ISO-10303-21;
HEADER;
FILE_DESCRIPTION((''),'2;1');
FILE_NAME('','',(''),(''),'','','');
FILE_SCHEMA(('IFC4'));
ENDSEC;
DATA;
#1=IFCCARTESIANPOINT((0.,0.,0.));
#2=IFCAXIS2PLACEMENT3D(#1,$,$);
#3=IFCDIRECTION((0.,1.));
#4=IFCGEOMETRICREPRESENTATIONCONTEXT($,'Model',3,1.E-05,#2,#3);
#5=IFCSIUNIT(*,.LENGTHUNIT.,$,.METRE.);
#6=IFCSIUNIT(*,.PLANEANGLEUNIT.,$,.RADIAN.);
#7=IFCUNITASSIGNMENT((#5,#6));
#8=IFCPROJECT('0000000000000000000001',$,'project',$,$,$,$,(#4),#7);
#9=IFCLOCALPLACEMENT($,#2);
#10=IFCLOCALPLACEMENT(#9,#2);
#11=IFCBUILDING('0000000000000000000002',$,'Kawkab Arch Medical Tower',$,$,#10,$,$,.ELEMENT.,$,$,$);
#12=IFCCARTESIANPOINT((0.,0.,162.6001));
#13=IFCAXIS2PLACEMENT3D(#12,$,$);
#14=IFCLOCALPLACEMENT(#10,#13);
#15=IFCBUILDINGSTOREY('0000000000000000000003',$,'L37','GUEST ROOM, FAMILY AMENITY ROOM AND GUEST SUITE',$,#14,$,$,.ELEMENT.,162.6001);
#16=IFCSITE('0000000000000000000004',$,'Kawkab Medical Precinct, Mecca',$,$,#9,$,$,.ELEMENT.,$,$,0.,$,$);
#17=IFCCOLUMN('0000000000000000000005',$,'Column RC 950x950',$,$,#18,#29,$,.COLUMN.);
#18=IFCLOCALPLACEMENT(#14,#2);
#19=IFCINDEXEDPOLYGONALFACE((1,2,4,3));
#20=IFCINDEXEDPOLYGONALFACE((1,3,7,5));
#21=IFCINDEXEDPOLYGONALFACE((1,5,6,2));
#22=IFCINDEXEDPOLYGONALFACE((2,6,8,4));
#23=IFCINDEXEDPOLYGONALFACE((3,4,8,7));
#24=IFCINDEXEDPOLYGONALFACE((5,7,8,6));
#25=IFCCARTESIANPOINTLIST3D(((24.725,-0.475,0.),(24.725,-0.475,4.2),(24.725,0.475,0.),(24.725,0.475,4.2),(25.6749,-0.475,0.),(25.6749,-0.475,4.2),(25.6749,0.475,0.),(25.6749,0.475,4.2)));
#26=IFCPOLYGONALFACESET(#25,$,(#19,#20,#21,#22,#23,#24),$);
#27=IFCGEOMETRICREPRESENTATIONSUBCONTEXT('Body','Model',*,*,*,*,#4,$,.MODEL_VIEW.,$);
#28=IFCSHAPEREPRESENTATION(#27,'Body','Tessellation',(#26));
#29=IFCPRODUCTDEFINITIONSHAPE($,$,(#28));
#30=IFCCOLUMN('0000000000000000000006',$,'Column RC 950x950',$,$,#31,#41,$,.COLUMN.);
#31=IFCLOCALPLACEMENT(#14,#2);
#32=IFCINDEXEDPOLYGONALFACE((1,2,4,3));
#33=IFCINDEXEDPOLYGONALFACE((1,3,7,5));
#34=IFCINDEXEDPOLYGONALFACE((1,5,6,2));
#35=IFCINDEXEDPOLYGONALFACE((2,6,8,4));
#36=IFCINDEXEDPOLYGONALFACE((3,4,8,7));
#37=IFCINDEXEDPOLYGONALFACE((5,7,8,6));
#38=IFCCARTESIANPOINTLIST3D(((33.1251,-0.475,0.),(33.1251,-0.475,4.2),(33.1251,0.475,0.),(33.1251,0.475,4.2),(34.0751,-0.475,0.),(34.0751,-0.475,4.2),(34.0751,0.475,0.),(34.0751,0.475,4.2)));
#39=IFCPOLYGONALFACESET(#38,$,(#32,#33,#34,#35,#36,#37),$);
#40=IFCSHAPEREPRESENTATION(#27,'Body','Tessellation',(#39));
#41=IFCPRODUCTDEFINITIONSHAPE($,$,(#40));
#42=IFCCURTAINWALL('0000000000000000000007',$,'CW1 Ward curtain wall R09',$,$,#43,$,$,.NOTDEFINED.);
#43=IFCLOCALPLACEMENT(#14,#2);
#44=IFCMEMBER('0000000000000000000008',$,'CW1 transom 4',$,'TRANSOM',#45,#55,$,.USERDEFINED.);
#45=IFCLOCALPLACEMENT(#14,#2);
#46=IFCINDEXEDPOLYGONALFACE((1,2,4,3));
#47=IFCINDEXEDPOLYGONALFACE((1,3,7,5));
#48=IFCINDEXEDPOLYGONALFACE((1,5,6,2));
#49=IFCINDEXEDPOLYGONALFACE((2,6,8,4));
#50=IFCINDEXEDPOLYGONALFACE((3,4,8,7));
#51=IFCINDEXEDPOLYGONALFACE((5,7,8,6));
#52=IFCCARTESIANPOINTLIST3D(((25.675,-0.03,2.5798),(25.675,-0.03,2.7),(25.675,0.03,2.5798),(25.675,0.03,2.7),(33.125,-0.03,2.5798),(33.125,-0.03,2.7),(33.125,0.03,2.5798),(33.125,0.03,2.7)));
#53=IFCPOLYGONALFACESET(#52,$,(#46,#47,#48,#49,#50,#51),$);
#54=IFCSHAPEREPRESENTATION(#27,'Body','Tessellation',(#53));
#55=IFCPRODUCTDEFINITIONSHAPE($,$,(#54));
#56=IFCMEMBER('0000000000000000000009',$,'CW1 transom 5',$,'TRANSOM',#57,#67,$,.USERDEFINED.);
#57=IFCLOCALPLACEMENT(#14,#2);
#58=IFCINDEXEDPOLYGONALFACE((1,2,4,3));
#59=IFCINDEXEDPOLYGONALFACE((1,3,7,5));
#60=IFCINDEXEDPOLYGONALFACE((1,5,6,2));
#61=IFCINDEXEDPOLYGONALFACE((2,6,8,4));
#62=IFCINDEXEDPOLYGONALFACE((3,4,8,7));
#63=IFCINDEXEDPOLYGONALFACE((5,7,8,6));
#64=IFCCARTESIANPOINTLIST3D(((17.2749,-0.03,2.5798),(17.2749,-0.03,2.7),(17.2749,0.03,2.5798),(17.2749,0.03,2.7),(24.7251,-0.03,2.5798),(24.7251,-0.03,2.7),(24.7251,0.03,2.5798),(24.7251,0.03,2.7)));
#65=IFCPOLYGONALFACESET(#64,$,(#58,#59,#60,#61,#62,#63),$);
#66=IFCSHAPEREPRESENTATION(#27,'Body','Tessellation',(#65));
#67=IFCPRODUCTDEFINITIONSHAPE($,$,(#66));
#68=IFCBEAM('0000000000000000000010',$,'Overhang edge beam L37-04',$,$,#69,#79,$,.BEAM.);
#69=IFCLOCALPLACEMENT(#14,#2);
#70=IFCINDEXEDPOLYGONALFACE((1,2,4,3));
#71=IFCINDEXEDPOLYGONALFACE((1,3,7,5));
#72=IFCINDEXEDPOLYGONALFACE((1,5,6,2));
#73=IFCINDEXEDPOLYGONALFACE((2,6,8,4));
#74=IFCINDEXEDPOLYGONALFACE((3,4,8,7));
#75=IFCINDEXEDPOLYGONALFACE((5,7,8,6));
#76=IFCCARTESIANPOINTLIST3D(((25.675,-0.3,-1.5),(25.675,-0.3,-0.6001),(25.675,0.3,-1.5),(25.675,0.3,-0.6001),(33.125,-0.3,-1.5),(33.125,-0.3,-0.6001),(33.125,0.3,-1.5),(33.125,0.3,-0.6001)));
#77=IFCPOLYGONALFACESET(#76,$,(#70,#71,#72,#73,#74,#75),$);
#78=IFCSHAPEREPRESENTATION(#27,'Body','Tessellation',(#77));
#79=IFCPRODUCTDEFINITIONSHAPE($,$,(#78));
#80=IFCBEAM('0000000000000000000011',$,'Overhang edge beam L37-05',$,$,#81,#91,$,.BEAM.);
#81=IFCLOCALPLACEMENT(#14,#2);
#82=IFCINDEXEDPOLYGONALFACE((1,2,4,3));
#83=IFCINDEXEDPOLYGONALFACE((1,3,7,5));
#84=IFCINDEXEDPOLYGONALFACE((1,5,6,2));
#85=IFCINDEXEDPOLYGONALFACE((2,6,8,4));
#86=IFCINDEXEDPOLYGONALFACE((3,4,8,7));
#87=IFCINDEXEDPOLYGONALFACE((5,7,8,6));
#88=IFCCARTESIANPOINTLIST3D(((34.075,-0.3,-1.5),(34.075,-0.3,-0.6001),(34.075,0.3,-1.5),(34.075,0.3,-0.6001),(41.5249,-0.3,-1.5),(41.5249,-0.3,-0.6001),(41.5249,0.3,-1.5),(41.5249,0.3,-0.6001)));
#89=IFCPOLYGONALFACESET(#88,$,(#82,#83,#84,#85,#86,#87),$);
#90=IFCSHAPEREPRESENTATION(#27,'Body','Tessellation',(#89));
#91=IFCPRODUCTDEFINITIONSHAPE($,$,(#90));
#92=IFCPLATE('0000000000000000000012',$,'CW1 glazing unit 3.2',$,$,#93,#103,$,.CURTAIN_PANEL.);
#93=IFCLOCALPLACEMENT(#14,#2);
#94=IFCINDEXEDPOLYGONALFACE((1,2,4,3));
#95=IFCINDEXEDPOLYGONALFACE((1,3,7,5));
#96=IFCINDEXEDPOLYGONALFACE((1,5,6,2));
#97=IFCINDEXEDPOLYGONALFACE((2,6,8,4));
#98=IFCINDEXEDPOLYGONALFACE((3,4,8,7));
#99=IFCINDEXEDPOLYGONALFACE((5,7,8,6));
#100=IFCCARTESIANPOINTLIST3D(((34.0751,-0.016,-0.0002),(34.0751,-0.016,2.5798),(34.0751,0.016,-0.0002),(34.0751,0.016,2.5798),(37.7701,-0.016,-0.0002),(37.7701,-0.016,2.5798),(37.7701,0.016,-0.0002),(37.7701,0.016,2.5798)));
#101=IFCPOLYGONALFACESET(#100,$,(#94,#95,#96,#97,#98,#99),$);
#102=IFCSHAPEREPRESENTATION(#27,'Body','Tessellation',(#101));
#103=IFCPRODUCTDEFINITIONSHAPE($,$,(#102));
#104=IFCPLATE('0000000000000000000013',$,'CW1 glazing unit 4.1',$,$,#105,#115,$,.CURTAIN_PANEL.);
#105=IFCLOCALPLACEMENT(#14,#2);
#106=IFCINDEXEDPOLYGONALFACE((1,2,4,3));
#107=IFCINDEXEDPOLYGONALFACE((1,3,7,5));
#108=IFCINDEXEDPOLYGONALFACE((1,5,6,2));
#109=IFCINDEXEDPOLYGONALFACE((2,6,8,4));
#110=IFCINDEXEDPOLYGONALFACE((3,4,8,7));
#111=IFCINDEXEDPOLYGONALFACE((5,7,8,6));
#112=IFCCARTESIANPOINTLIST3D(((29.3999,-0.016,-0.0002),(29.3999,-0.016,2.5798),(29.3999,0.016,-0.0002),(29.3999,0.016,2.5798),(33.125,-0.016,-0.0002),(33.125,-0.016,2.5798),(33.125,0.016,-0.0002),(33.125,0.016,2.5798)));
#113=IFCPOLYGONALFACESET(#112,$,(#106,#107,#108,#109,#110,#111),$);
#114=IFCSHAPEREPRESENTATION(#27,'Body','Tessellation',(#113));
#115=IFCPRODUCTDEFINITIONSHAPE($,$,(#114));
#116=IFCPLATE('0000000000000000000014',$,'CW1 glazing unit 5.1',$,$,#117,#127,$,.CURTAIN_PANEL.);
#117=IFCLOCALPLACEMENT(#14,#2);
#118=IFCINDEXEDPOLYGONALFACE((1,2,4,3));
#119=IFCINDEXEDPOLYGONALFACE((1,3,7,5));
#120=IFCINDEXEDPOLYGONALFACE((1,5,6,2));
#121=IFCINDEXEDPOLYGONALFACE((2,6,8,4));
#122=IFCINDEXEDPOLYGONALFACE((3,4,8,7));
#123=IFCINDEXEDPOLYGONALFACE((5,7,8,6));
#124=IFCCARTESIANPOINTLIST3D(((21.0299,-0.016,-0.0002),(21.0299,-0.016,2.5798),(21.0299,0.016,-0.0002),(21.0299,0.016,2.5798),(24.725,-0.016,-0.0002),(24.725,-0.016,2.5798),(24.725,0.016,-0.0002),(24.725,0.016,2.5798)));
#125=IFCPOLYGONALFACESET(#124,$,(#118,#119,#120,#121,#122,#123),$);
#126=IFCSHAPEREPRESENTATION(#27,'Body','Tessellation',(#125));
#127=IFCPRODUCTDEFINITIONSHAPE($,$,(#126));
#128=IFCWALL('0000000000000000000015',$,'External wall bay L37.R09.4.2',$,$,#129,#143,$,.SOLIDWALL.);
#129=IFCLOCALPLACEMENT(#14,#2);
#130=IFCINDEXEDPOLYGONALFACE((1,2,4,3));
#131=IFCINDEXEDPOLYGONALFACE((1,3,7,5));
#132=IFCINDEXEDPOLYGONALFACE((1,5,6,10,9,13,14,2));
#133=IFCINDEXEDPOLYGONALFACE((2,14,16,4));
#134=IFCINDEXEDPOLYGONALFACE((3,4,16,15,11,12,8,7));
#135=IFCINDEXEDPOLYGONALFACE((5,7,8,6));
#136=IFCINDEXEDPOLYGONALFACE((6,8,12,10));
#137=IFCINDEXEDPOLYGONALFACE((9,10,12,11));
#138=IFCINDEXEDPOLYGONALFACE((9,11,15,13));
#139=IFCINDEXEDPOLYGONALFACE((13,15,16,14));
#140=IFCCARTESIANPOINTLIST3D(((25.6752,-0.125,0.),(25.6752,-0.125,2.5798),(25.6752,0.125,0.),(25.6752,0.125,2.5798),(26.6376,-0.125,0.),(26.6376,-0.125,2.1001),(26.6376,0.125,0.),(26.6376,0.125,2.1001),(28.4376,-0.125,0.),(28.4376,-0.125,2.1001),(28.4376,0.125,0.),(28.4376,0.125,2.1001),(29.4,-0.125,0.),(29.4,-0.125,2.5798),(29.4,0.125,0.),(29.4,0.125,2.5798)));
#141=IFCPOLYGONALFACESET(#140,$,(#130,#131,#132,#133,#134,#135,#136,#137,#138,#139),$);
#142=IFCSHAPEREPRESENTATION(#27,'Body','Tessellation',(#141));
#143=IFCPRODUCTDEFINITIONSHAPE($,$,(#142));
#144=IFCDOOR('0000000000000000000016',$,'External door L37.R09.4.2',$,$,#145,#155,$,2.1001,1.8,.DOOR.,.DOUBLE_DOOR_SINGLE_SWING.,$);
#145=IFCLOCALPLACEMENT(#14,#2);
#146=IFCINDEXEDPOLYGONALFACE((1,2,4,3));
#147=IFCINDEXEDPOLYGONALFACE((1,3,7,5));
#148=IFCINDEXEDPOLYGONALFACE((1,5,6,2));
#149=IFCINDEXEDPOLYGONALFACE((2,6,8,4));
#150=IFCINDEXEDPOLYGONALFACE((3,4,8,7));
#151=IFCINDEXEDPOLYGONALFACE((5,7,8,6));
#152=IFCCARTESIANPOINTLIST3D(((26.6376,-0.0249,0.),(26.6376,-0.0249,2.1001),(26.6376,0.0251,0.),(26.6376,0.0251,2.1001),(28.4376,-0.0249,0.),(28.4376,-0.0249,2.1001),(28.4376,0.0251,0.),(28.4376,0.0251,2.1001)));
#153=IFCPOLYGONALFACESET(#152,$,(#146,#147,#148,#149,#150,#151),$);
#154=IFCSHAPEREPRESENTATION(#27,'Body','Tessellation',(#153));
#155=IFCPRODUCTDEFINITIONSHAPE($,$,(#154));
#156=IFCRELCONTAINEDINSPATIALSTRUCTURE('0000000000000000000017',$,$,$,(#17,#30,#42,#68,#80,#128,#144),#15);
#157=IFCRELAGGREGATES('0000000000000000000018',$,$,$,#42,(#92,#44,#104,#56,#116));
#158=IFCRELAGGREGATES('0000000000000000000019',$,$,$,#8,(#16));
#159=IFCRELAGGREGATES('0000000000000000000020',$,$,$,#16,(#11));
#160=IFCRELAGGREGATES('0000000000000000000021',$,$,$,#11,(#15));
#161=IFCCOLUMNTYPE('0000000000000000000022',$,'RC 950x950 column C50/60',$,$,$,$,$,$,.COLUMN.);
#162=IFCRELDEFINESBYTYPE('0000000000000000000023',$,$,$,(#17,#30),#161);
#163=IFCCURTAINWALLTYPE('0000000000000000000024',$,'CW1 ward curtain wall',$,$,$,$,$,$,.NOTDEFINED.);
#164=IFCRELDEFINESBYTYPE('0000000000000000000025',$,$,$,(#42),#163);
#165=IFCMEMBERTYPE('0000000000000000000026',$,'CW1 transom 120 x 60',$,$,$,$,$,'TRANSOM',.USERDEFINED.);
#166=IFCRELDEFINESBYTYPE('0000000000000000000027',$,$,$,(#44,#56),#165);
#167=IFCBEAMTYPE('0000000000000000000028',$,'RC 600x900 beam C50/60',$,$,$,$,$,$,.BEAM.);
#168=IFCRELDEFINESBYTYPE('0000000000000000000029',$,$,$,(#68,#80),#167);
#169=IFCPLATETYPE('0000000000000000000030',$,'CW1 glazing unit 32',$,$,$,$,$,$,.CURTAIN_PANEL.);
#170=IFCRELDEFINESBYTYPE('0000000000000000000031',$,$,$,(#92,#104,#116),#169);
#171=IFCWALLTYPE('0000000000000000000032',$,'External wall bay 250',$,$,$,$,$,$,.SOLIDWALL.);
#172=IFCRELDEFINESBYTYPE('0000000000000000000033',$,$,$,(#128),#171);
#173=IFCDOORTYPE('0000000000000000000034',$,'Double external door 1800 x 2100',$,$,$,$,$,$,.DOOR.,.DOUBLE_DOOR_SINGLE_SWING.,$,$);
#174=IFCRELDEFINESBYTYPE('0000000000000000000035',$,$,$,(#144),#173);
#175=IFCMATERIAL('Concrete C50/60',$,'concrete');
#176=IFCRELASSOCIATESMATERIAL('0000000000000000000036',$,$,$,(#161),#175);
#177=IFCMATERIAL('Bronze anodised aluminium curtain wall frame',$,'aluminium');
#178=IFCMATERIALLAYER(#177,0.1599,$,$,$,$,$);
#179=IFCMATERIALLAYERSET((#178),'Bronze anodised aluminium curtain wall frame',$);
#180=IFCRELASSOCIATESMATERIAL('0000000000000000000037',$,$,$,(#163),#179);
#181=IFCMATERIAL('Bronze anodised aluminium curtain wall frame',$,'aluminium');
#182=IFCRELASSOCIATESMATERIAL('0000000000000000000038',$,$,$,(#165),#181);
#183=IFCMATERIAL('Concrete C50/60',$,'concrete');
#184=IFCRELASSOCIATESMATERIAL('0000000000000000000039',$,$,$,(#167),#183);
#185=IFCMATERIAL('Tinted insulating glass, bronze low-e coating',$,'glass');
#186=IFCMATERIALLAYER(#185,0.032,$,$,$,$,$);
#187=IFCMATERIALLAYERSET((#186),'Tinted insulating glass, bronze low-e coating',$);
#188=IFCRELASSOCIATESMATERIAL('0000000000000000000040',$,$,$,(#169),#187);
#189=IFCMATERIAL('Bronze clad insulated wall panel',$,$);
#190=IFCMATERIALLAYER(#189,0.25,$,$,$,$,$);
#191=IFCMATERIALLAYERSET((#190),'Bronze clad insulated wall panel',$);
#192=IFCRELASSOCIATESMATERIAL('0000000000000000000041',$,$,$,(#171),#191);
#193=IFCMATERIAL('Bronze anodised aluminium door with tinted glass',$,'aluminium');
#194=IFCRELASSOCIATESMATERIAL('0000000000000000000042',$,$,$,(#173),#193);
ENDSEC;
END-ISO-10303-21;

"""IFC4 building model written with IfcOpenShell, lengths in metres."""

from ifc_helpers import new_model, si_unit, direction, frame, frame_2d, origin, origin_2d, place, context, subcontext, project, spatial, rectangle, extrude, material, layer, layer_set, material_profile, profile_set, type_object, element, fill, aggregate, save


model = new_model("IFC4")

# Units and contexts
model_context = context("Model", 3, precision=1e-05, world=origin(), true_north=direction((0.0, 1.0)))
body_context = subcontext(model_context, "Body", "Model", "MODEL_VIEW")
ifc_project = project(units=[si_unit("LENGTHUNIT", "METRE"), si_unit("PLANEANGLEUNIT", "RADIAN")], contexts=[model_context])

# Site, building, storey
site_placement = place(None, origin())
site = spatial("IfcSite", under=ifc_project, at=site_placement, Name="Kawkab Medical Precinct, Mecca", CompositionType="ELEMENT", RefElevation=0.0)
building_placement = place(site_placement, origin())
building = spatial("IfcBuilding", under=site, at=building_placement, Name="Kawkab Arch Medical Tower", CompositionType="ELEMENT")
storey_placement = place(building_placement, frame((0.0, 0.0, 162.6001)))
storey = spatial("IfcBuildingStorey", under=building, at=storey_placement, Name="L37", Description="GUEST ROOM, FAMILY AMENITY ROOM AND GUEST SUITE", CompositionType="ELEMENT", Elevation=162.6001)

# Columns
ifc_material_1 = material(Name="Concrete C50/60", Category="concrete")
ifc_material_profile_1 = material_profile(ifc_material_1, rectangle(XDim=0.95, YDim=0.95, at=origin_2d()), Name="RC 950x950")
ifc_profile_set_1 = profile_set([ifc_material_profile_1], Name="Concrete C50/60")
column_type = type_object("IfcColumnType", Name="RC 950x950 column C50/60", PredefinedType="COLUMN", material=ifc_profile_set_1)
for number, where, z_axis, x_axis, name in (
    (1, (25.2, 0.0, 0.0), (0.0, 0.0, 1.0), (1.0, 0.0, 0.0), "Column RC 950x950"),
    (2, (33.6001, 0.0, 0.0), (0.0, 0.0, 1.0), (1.0, 0.0, 0.0), "Column RC 950x950"),
):
    element("IfcColumn", number, at=place(storey_placement, frame(where, z_axis=z_axis, x_axis=x_axis)), inside=storey, type_object=column_type, Name=name, PredefinedType="COLUMN", context=body_context, shape_type="SweptSolid", body=[
        extrude(rectangle(XDim=0.95, YDim=0.95, at=origin_2d()), origin(), (0.0, 0.0, 1.0), 4.2),
    ])

# Curtain wall, members
ifc_material_2 = material(Name="Bronze anodised aluminium curtain wall frame", Category="aluminium")
ifc_layer_1 = layer(ifc_material_2, 0.1599)
ifc_layer_set_1 = layer_set([ifc_layer_1], Name="Bronze anodised aluminium curtain wall frame")
curtain_wall_type = type_object("IfcCurtainWallType", Name="CW1 ward curtain wall", PredefinedType="NOTDEFINED", material=ifc_layer_set_1)
placement = place(storey_placement, origin())
curtain_wall = element("IfcCurtainWall", 3, at=placement, inside=storey, type_object=curtain_wall_type, Name="CW1 Ward curtain wall R09", PredefinedType="NOTDEFINED")
ifc_material_3 = material(Name="Bronze anodised aluminium curtain wall frame", Category="aluminium")
ifc_material_profile_2 = material_profile(ifc_material_3, rectangle(XDim=0.0601, YDim=0.1201, at=origin_2d()), Name="AL 60x120")
ifc_profile_set_2 = profile_set([ifc_material_profile_2], Name="Bronze anodised aluminium curtain wall frame")
member_type = type_object("IfcMemberType", Name="CW1 transom 120 x 60", ElementType="TRANSOM", PredefinedType="USERDEFINED", material=ifc_profile_set_2)
member_1_placement = place(storey_placement, frame((33.125, 0.0, 2.6399), z_axis=(-1.0, 0.0, 0.0), x_axis=(0.0, -1.0, 0.0)))
member_1 = element("IfcMember", 4, at=member_1_placement, type_object=member_type, Name="CW1 transom 4", ObjectType="TRANSOM", PredefinedType="USERDEFINED", context=body_context, shape_type="SweptSolid", body=[
    extrude(rectangle(XDim=0.0601, YDim=0.1201, at=origin_2d()), origin(), (0.0, 0.0, 1.0), 7.45),
])
member_2_placement = place(storey_placement, frame((24.7251, 0.0, 2.6399), z_axis=(-1.0, 0.0, 0.0), x_axis=(0.0, -1.0, 0.0)))
member_2 = element("IfcMember", 5, at=member_2_placement, type_object=member_type, Name="CW1 transom 5", ObjectType="TRANSOM", PredefinedType="USERDEFINED", context=body_context, shape_type="SweptSolid", body=[
    extrude(rectangle(XDim=0.0601, YDim=0.1201, at=origin_2d()), origin(), (0.0, 0.0, 1.0), 7.4502),
])

# Beams
ifc_material_4 = material(Name="Concrete C50/60", Category="concrete")
ifc_material_profile_3 = material_profile(ifc_material_4, rectangle(XDim=0.6001, YDim=0.8999, at=origin_2d()), Name="RC 600x900")
ifc_profile_set_3 = profile_set([ifc_material_profile_3], Name="Concrete C50/60")
beam_type = type_object("IfcBeamType", Name="RC 600x900 beam C50/60", PredefinedType="BEAM", material=ifc_profile_set_3)
for number, where, z_axis, x_axis, name in (
    (6, (25.675, 0.0, -1.05), (1.0, 0.0, 0.0), (0.0, 1.0, 0.0), "Overhang edge beam L37-04"),
    (7, (34.075, 0.0, -1.05), (1.0, 0.0, 0.0), (0.0, 1.0, 0.0), "Overhang edge beam L37-05"),
):
    element("IfcBeam", number, at=place(storey_placement, frame(where, z_axis=z_axis, x_axis=x_axis)), inside=storey, type_object=beam_type, Name=name, PredefinedType="BEAM", context=body_context, shape_type="SweptSolid", body=[
        extrude(rectangle(XDim=0.6001, YDim=0.8999, at=origin_2d()), origin(), (0.0, 0.0, 1.0), 7.45),
    ])

# Plates
ifc_material_5 = material(Name="Tinted insulating glass, bronze low-e coating", Category="glass")
ifc_layer_2 = layer(ifc_material_5, 0.032)
ifc_layer_set_2 = layer_set([ifc_layer_2], Name="Tinted insulating glass, bronze low-e coating")
plate_type = type_object("IfcPlateType", Name="CW1 glazing unit 32", PredefinedType="CURTAIN_PANEL", material=ifc_layer_set_2)
plate_1_placement = place(storey_placement, frame((35.9226, 0.0, -0.0002), z_axis=(0.0, 0.0, 1.0), x_axis=(-1.0, 0.0, 0.0)))
plate_1 = element("IfcPlate", 8, at=plate_1_placement, type_object=plate_type, Name="CW1 glazing unit 3.2", PredefinedType="CURTAIN_PANEL", context=body_context, shape_type="SweptSolid", body=[
    extrude(rectangle(XDim=3.6951, YDim=0.032, at=origin_2d()), origin(), (0.0, 0.0, 1.0), 2.5801),
])
plate_2_placement = place(storey_placement, frame((31.2625, 0.0, -0.0002), z_axis=(0.0, 0.0, 1.0), x_axis=(-1.0, 0.0, 0.0)))
plate_2 = element("IfcPlate", 9, at=plate_2_placement, type_object=plate_type, Name="CW1 glazing unit 4.1", PredefinedType="CURTAIN_PANEL", context=body_context, shape_type="SweptSolid", body=[
    extrude(rectangle(XDim=3.7251, YDim=0.032, at=origin_2d()), origin(), (0.0, 0.0, 1.0), 2.5801),
])
plate_3_placement = place(storey_placement, frame((22.8774, 0.0, -0.0002), z_axis=(0.0, 0.0, 1.0), x_axis=(-1.0, 0.0, 0.0)))
plate_3 = element("IfcPlate", 10, at=plate_3_placement, type_object=plate_type, Name="CW1 glazing unit 5.1", PredefinedType="CURTAIN_PANEL", context=body_context, shape_type="SweptSolid", body=[
    extrude(rectangle(XDim=3.6951, YDim=0.032, at=origin_2d()), origin(), (0.0, 0.0, 1.0), 2.5801),
])
aggregate(curtain_wall, [plate_1, member_1, plate_2, member_2, plate_3])

# Wall, opening, door
ifc_material_6 = material(Name="Bronze clad insulated wall panel")
ifc_layer_3 = layer(ifc_material_6, 0.25)
ifc_layer_set_3 = layer_set([ifc_layer_3], Name="Bronze clad insulated wall panel")
wall_type = type_object("IfcWallType", Name="External wall bay 250", PredefinedType="SOLIDWALL", material=ifc_layer_set_3)
wall_placement = place(storey_placement, frame((29.3999, 0.0, 0.0), z_axis=(0.0, 0.0, 1.0), x_axis=(-1.0, 0.0, 0.0)))
wall = element("IfcWall", 11, at=wall_placement, inside=storey, type_object=wall_type, Name="External wall bay L37.R09.4.2", PredefinedType="SOLIDWALL", context=body_context, shape_type="SweptSolid", body=[
    extrude(rectangle(XDim=3.7249, YDim=0.25, at=frame_2d((1.8623, 0.0))), origin(), (0.0, 0.0, 1.0), 2.5798),
])
opening_placement = place(wall_placement, frame((0.9624, 0.0, 0.0)))
opening = element("IfcOpeningElement", 12, at=opening_placement, cuts=wall, PredefinedType="OPENING", context=body_context, shape_type="SweptSolid", body=[
    extrude(rectangle(XDim=1.8, YDim=2.1001, at=frame_2d((0.8999, 1.05))), frame((0.0, 0.135, 0.0), z_axis=(0.0, -1.0, 0.0), x_axis=(1.0, 0.0, 0.0)), (0.0, 0.0, 1.0), 0.27),
])
ifc_material_7 = material(Name="Bronze anodised aluminium door with tinted glass", Category="aluminium")
door_type = type_object("IfcDoorType", Name="Double external door 1800 x 2100", OperationType="DOUBLE_DOOR_SINGLE_SWING", PredefinedType="DOOR", material=ifc_material_7)
door_placement = place(opening_placement, origin())
door = element("IfcDoor", 13, at=door_placement, inside=storey, type_object=door_type, Name="External door L37.R09.4.2", OperationType="DOUBLE_DOOR_SINGLE_SWING", OverallHeight=2.1001, OverallWidth=1.8, PredefinedType="DOOR", context=body_context, shape_type="SweptSolid", body=[
    extrude(rectangle(XDim=1.8, YDim=2.1001, at=frame_2d((0.8999, 1.05))), frame((0.0, 0.0249, 0.0), z_axis=(0.0, -1.0, 0.0), x_axis=(1.0, 0.0, 0.0)), (0.0, 0.0, 1.0), 0.05),
])
fill(opening, door)

save(model, "model.ifc")
